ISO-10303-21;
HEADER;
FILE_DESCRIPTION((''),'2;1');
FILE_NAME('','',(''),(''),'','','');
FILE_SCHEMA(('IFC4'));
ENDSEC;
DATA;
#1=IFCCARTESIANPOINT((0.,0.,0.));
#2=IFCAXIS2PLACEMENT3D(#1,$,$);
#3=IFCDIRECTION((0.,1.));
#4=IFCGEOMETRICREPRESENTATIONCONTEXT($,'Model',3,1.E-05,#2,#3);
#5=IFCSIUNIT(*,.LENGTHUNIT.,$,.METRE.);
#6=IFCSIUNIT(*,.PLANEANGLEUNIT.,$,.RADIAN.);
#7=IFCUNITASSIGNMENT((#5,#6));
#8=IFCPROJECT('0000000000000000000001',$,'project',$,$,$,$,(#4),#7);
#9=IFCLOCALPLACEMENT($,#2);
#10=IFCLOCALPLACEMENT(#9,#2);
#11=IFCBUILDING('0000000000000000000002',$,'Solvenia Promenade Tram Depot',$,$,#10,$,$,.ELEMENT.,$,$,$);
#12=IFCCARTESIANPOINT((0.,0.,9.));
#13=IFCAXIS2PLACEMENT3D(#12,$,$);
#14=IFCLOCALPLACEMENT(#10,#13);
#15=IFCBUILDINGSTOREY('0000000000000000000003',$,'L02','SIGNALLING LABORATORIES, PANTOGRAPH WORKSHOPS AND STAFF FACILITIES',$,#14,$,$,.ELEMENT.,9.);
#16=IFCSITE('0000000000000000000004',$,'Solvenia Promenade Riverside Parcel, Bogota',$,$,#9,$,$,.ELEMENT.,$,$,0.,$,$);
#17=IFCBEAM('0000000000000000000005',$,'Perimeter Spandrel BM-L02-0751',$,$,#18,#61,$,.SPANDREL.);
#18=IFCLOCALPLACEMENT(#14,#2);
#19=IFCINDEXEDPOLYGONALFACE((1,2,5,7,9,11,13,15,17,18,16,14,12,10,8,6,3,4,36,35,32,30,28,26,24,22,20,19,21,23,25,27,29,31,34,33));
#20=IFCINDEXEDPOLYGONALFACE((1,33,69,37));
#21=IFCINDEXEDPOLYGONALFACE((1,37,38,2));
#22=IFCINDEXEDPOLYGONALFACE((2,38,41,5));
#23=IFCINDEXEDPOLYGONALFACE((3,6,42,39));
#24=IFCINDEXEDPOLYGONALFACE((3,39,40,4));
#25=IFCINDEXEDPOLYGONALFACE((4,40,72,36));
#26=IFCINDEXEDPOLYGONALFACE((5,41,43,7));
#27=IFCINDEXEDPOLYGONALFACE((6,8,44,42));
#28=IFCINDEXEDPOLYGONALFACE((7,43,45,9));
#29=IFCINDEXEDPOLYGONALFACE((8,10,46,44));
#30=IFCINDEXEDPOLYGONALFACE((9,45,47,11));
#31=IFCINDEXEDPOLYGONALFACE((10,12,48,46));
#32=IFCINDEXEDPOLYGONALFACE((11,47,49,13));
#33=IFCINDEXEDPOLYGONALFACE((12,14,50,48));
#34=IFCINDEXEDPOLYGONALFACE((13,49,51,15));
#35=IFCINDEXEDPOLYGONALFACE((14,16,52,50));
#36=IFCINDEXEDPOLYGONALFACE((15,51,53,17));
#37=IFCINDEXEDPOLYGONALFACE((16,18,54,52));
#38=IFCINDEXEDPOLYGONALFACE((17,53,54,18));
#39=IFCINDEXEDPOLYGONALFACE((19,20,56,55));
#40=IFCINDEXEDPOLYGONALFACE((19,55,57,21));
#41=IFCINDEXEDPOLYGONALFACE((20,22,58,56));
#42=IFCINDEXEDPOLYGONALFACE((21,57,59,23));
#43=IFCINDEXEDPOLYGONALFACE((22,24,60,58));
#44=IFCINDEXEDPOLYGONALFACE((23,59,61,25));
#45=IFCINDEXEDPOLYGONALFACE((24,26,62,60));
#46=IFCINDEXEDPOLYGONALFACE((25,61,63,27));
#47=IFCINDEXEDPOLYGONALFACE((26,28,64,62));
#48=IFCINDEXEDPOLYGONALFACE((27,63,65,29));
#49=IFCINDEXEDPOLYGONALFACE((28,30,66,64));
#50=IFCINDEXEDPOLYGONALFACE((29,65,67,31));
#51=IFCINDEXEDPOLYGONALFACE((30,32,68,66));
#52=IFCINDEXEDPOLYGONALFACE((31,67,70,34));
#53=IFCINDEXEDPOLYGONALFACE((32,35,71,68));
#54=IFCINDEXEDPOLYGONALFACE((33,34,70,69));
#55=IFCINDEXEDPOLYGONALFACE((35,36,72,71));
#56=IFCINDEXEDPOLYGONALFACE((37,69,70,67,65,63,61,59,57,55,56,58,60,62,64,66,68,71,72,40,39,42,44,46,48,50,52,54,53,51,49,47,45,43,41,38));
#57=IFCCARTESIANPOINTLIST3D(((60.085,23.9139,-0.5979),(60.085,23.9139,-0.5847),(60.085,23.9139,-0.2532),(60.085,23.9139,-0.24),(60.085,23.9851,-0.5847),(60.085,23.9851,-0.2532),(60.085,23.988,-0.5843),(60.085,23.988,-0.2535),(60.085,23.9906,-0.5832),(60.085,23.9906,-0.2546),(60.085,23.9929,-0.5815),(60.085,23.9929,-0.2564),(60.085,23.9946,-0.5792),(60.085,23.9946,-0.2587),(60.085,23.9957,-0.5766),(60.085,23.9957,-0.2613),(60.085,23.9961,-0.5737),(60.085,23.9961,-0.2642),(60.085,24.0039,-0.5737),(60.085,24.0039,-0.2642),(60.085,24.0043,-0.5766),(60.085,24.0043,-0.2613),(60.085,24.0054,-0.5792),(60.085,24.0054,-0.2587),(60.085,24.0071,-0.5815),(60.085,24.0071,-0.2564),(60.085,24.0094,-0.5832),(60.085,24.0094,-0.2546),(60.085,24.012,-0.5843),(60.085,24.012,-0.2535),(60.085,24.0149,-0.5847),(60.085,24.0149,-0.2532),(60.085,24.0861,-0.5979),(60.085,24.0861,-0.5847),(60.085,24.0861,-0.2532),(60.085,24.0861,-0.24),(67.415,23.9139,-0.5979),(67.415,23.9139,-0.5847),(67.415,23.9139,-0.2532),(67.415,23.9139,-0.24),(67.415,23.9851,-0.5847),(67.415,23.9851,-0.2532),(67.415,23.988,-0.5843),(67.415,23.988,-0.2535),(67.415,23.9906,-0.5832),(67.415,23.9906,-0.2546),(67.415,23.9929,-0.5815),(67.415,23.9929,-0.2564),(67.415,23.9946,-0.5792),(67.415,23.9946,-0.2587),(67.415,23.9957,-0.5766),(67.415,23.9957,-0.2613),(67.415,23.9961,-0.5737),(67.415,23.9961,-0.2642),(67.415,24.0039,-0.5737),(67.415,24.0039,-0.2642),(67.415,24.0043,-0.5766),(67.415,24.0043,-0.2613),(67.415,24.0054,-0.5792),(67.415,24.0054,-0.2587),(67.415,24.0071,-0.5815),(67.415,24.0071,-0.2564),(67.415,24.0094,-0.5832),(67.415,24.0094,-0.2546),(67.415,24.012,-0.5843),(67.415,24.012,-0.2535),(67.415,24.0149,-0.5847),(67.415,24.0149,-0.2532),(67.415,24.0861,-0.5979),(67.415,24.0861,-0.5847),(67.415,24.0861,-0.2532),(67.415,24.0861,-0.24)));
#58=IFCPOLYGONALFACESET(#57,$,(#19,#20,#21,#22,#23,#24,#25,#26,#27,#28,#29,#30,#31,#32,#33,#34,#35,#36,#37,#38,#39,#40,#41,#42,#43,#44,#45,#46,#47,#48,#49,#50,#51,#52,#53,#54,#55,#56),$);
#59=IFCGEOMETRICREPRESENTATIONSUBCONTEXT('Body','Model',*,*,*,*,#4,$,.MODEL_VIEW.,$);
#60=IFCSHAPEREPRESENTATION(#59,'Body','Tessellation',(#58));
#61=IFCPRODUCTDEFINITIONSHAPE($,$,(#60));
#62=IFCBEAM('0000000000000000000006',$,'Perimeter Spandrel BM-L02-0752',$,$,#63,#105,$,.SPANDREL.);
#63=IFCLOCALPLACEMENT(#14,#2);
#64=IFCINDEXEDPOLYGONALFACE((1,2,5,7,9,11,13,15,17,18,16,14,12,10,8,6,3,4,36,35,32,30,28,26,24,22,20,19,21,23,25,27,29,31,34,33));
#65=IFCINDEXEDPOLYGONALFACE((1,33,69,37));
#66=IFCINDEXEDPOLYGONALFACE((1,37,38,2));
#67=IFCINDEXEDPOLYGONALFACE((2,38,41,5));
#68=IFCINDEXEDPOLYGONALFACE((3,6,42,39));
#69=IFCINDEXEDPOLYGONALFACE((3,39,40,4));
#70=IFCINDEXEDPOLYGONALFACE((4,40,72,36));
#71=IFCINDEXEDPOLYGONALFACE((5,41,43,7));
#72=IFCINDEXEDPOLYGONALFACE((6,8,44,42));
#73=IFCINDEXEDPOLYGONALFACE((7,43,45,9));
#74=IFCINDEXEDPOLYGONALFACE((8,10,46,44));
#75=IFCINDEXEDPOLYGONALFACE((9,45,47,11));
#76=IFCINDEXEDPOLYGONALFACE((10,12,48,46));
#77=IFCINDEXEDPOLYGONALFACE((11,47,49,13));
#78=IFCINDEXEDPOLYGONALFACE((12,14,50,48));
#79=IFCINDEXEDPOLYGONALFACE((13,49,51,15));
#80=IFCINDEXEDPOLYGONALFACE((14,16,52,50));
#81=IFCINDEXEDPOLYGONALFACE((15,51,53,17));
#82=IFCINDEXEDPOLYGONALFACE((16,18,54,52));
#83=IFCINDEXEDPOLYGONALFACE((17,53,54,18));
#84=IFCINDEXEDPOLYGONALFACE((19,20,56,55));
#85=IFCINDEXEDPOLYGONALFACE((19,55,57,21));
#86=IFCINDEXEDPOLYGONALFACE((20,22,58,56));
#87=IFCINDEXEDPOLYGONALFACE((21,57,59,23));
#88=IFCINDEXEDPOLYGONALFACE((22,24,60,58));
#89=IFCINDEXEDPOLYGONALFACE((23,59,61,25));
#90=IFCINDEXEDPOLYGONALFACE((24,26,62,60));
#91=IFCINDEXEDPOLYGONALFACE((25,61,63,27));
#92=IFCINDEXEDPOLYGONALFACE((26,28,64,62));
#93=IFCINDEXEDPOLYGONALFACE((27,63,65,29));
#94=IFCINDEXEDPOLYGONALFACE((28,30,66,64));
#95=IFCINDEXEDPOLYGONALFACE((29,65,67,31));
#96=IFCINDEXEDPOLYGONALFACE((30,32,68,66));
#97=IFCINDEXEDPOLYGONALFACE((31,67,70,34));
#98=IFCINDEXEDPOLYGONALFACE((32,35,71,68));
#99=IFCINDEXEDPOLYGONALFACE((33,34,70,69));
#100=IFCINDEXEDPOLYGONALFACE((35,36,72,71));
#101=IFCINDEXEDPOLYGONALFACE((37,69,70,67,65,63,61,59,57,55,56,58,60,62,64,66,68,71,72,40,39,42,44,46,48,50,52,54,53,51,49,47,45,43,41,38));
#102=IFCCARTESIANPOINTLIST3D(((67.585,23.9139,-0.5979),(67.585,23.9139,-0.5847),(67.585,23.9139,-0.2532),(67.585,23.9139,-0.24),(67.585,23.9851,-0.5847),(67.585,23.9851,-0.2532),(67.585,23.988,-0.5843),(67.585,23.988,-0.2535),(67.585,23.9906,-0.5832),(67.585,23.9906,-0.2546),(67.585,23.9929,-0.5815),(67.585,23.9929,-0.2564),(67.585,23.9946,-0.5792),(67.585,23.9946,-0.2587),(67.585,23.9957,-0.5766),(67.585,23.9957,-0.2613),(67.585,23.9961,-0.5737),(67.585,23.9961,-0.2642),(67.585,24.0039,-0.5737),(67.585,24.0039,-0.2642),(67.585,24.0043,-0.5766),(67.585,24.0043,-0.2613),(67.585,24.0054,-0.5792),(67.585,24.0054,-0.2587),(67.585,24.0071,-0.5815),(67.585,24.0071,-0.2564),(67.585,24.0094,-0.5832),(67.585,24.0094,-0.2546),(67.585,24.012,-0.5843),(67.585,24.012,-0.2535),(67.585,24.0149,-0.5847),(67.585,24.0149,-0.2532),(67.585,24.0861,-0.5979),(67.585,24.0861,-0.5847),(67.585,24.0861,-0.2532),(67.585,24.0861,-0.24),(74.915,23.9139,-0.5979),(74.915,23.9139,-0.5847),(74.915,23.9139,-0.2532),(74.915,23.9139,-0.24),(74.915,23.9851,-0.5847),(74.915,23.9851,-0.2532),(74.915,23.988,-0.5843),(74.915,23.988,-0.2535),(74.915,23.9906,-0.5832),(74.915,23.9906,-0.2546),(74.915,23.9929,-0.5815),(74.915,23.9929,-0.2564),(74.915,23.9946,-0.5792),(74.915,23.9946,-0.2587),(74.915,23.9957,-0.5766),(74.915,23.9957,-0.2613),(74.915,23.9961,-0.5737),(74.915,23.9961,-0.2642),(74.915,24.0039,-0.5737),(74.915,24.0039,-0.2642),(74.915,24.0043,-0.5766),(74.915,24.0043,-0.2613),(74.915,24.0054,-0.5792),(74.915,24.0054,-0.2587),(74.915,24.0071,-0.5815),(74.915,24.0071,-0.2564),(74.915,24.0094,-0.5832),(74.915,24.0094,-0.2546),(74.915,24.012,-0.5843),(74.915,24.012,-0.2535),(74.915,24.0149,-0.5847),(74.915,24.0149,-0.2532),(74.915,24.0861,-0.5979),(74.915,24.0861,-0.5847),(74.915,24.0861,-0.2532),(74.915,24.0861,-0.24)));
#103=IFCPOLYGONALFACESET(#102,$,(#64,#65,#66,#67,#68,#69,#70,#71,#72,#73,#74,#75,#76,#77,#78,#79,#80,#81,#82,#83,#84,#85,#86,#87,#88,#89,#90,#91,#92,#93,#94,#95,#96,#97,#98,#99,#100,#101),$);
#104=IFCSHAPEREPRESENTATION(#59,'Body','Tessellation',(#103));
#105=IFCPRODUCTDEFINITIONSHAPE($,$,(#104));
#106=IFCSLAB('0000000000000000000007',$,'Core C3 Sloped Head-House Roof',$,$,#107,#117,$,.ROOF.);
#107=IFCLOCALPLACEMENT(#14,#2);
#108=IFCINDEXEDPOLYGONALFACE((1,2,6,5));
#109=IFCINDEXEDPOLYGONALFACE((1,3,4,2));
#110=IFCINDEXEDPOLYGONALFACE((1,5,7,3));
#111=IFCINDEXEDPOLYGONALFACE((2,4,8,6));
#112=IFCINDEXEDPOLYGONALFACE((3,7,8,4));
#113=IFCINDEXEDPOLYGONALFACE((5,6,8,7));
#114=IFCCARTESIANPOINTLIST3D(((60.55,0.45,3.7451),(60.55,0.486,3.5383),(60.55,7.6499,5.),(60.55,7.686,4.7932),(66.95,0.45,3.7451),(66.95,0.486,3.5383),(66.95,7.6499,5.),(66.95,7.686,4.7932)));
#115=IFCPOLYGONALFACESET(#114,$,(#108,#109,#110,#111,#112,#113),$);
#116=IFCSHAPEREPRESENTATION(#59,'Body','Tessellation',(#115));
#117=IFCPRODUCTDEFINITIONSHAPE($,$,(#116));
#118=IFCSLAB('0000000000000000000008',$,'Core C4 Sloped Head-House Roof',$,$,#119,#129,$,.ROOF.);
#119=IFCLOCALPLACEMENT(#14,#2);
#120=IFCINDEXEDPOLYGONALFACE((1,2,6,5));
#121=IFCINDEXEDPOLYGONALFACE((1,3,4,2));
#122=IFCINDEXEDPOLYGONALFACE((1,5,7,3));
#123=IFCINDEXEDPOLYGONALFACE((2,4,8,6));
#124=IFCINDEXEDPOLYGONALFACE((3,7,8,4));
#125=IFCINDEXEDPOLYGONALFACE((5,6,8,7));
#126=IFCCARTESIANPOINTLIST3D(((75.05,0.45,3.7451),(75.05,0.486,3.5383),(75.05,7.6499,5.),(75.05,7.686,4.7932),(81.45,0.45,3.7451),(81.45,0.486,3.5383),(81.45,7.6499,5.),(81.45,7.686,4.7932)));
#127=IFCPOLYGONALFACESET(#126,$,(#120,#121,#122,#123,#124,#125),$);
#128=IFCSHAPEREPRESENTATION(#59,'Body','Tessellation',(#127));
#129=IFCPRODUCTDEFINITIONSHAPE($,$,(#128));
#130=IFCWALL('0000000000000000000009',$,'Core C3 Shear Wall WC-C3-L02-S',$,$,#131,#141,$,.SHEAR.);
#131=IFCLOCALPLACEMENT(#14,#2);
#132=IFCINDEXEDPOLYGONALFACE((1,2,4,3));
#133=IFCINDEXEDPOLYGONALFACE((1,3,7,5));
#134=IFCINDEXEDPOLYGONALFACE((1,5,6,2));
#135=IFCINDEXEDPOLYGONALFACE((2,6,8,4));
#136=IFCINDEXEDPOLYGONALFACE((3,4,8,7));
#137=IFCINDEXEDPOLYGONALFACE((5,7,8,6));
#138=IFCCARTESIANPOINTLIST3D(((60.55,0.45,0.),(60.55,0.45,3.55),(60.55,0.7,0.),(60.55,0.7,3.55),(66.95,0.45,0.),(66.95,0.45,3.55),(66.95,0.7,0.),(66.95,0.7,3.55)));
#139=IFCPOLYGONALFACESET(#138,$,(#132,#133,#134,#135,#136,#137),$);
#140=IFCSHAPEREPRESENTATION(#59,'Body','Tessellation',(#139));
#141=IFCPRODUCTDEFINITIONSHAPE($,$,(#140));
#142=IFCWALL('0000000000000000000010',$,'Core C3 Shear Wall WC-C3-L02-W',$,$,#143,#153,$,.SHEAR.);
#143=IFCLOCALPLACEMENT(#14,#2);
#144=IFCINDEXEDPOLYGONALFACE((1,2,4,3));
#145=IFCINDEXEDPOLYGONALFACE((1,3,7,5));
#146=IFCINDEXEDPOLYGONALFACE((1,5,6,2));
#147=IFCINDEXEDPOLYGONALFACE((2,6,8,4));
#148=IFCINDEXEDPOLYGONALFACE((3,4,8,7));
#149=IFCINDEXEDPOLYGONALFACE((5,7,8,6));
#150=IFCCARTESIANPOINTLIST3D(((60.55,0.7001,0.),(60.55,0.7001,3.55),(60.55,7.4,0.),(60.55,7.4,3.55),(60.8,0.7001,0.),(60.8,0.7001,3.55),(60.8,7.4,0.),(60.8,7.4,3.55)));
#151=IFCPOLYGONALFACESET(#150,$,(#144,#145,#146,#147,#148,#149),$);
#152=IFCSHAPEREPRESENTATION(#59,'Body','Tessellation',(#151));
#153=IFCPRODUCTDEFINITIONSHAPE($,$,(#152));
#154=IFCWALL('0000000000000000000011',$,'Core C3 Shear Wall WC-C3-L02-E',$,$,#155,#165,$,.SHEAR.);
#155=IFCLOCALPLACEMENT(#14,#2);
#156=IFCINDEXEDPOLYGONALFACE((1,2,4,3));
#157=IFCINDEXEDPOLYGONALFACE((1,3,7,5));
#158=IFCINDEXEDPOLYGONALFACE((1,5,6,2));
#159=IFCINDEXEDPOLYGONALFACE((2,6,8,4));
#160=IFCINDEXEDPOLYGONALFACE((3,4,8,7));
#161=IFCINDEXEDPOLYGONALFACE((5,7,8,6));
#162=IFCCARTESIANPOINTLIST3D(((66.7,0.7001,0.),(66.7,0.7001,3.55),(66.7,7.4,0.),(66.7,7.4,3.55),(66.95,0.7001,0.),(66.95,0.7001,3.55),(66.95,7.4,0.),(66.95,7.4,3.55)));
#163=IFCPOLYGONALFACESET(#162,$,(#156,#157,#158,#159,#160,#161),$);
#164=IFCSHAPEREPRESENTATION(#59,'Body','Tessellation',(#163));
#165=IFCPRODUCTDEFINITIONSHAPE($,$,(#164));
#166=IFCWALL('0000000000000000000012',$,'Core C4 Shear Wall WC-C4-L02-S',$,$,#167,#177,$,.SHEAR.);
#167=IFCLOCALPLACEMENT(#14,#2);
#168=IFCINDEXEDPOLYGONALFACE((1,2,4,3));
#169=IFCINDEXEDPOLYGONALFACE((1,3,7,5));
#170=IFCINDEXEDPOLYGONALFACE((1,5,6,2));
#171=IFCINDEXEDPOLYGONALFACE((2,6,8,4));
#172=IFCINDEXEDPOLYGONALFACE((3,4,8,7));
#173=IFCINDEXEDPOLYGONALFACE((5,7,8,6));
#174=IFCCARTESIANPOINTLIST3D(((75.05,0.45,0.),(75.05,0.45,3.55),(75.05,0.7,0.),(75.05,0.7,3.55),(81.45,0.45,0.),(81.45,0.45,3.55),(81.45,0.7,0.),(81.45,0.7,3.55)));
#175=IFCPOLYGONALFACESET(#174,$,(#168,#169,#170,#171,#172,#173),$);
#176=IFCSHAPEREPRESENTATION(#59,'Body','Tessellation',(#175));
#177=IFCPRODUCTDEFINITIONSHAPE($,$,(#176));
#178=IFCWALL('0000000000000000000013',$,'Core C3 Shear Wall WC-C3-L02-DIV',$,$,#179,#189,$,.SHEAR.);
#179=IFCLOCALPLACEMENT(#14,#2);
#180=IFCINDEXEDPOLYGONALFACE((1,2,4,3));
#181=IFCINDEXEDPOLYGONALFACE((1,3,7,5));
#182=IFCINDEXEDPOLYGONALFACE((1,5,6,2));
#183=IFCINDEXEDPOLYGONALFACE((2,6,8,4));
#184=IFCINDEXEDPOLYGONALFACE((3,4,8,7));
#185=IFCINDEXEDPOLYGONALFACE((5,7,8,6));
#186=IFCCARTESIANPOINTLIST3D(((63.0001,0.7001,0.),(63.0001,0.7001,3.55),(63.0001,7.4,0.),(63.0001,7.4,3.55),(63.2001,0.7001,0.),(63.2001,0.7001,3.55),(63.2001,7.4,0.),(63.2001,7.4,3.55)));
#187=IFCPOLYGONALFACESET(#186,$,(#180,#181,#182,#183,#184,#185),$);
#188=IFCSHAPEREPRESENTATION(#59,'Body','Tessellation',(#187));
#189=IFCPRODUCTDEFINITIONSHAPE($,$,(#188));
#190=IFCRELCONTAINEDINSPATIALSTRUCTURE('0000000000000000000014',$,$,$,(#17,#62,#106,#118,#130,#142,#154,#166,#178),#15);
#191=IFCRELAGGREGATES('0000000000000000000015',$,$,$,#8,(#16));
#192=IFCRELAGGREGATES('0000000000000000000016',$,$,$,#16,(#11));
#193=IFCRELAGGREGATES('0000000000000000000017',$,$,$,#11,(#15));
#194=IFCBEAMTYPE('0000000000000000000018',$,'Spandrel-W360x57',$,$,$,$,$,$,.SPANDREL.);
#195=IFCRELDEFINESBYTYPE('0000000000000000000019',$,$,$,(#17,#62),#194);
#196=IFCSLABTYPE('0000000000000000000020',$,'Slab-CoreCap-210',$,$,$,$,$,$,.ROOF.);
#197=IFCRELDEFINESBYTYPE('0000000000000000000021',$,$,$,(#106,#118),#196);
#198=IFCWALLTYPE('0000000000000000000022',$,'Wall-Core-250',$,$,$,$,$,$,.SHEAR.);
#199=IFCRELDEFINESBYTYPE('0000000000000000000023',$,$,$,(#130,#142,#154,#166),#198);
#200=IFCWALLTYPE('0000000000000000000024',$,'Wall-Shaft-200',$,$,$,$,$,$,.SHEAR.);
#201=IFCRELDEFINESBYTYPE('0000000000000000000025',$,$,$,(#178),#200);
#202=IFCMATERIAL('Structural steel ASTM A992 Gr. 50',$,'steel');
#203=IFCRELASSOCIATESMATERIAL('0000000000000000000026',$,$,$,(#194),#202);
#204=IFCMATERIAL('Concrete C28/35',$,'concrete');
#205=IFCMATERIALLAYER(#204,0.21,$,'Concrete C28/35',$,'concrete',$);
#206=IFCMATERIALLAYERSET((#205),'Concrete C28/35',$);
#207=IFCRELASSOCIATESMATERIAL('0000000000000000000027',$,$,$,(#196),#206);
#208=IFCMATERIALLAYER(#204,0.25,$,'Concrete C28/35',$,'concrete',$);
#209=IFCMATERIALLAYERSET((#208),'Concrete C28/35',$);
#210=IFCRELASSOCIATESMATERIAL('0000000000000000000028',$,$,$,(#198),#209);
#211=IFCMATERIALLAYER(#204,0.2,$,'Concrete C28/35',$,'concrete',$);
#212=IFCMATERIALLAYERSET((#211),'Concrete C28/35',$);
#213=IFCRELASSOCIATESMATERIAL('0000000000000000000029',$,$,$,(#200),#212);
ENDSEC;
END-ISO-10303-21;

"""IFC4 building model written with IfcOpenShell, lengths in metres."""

from ifc_helpers import new_model, si_unit, direction, frame, frame_2d, origin, origin_2d, place, context, subcontext, project, spatial, polyline, rectangle, i_section, outline, extrude, material, layer, layer_set, material_profile, profile_set, type_object, element, save


model = new_model("IFC4")

# Units and contexts
model_context = context("Model", 3, precision=1e-05, world=origin(), true_north=direction((0.0, 1.0)))
body_context = subcontext(model_context, "Body", "Model", "MODEL_VIEW")
ifc_project = project(units=[si_unit("LENGTHUNIT", "METRE"), si_unit("PLANEANGLEUNIT", "RADIAN")], contexts=[model_context])

# Site, building, storey
site_placement = place(None, origin())
site = spatial("IfcSite", under=ifc_project, at=site_placement, Name="Solvenia Promenade Riverside Parcel, Bogota", CompositionType="ELEMENT", RefElevation=0.0)
building_placement = place(site_placement, origin())
building = spatial("IfcBuilding", under=site, at=building_placement, Name="Solvenia Promenade Tram Depot", CompositionType="ELEMENT")
storey_placement = place(building_placement, frame((0.0, 0.0, 9.0)))
storey = spatial("IfcBuildingStorey", under=building, at=storey_placement, Name="L02", Description="SIGNALLING LABORATORIES, PANTOGRAPH WORKSHOPS AND STAFF FACILITIES", CompositionType="ELEMENT", Elevation=9.0)

# Beams
ifc_material_1 = material(Name="Structural steel ASTM A992 Gr. 50", Category="steel")
ifc_material_profile_1 = material_profile(ifc_material_1, i_section(OverallWidth=0.1721, OverallDepth=0.3579, WebThickness=0.0078, FlangeThickness=0.0132, FilletRadius=0.011, at=origin_2d()), Name="W360x57", Category="steel")
ifc_profile_set_1 = profile_set([ifc_material_profile_1], Name="Structural steel ASTM A992 Gr. 50")
beam_type_1 = type_object("IfcBeamType", Name="Spandrel-W360x57", PredefinedType="SPANDREL", material=ifc_profile_set_1)
for number, where, z_axis, x_axis, name in (
    (1, (60.085, 24.0, -0.4189), (1.0, 0.0, 0.0), (0.0, 1.0, 0.0), "Perimeter Spandrel BM-L02-0751"),
    (2, (67.585, 24.0, -0.4189), (1.0, 0.0, 0.0), (0.0, 1.0, 0.0), "Perimeter Spandrel BM-L02-0752"),
):
    element("IfcBeam", number, at=place(storey_placement, frame(where, z_axis=z_axis, x_axis=x_axis)), inside=storey, type_object=beam_type_1, Name=name, PredefinedType="SPANDREL", context=body_context, shape_type="SweptSolid", body=[
        extrude(i_section(OverallWidth=0.1721, OverallDepth=0.3579, WebThickness=0.0078, FlangeThickness=0.0132, FilletRadius=0.011, at=origin_2d()), origin(), (0.0, 0.0, 1.0), 7.3301),
    ])

# Slabs
ifc_material_2 = material(Name="Concrete C28/35", Category="concrete")
ifc_layer_1 = layer(ifc_material_2, 0.21, Name="Concrete C28/35", Category="concrete")
ifc_layer_set_1 = layer_set([ifc_layer_1], Name="Concrete C28/35")
slab_type = type_object("IfcSlabType", Name="Slab-CoreCap-210", PredefinedType="ROOF", material=ifc_layer_set_1)
for number, where, z_axis, x_axis, name in (
    (3, (60.55, 0.45, 3.7451), (0.0, -0.171702, 0.985149), (1.0, 0.0, 0.0), "Core C3 Sloped Head-House Roof"),
    (4, (75.05, 0.45, 3.7451), (0.0, -0.171702, 0.985149), (1.0, 0.0, 0.0), "Core C4 Sloped Head-House Roof"),
):
    element("IfcSlab", number, at=place(storey_placement, frame(where, z_axis=z_axis, x_axis=x_axis)), inside=storey, type_object=slab_type, Name=name, PredefinedType="ROOF", context=body_context, shape_type="SweptSolid", body=[
        extrude(outline(polyline([(0.0, 0.0), (6.3999, 0.0), (6.3999, 7.3085), (0.0, 7.3085), (0.0, 0.0)])), origin(), (0.0, 0.0, -1.0), 0.21),
    ])

# Wall
ifc_layer_2 = layer(ifc_material_2, 0.25, Name="Concrete C28/35", Category="concrete")
ifc_layer_set_2 = layer_set([ifc_layer_2], Name="Concrete C28/35")
wall_type_1 = type_object("IfcWallType", Name="Wall-Core-250", PredefinedType="SHEAR", material=ifc_layer_set_2)
wall_1_placement = place(storey_placement, frame((60.55, 0.575, 0.0), z_axis=(0.0, 0.0, 1.0), x_axis=(1.0, 0.0, 0.0)))
element("IfcWall", 5, at=wall_1_placement, inside=storey, type_object=wall_type_1, Name="Core C3 Shear Wall WC-C3-L02-S", PredefinedType="SHEAR", context=body_context, shape_type="SweptSolid", body=[
    extrude(rectangle(XDim=6.3999, YDim=0.25, at=frame_2d((3.2, 0.0))), origin(), (0.0, 0.0, 1.0), 3.55),
])

# Walls
for number, where, z_axis, x_axis, name in (
    (6, (60.675, 0.7, 0.0), (0.0, 0.0, 1.0), (0.0, 1.0, 0.0), "Core C3 Shear Wall WC-C3-L02-W"),
    (7, (66.825, 0.7, 0.0), (0.0, 0.0, 1.0), (0.0, 1.0, 0.0), "Core C3 Shear Wall WC-C3-L02-E"),
):
    element("IfcWall", number, at=place(storey_placement, frame(where, z_axis=z_axis, x_axis=x_axis)), inside=storey, type_object=wall_type_1, Name=name, PredefinedType="SHEAR", context=body_context, shape_type="SweptSolid", body=[
        extrude(rectangle(XDim=6.7, YDim=0.25, at=frame_2d((3.3501, 0.0))), origin(), (0.0, 0.0, 1.0), 3.55),
    ])
wall_2_placement = place(storey_placement, frame((75.05, 0.575, 0.0), z_axis=(0.0, 0.0, 1.0), x_axis=(1.0, 0.0, 0.0)))
element("IfcWall", 8, at=wall_2_placement, inside=storey, type_object=wall_type_1, Name="Core C4 Shear Wall WC-C4-L02-S", PredefinedType="SHEAR", context=body_context, shape_type="SweptSolid", body=[
    extrude(rectangle(XDim=6.3999, YDim=0.25, at=frame_2d((3.2, 0.0))), origin(), (0.0, 0.0, 1.0), 3.55),
])

# Wall
ifc_layer_3 = layer(ifc_material_2, 0.2, Name="Concrete C28/35", Category="concrete")
ifc_layer_set_3 = layer_set([ifc_layer_3], Name="Concrete C28/35")
wall_type_2 = type_object("IfcWallType", Name="Wall-Shaft-200", PredefinedType="SHEAR", material=ifc_layer_set_3)
wall_3_placement = place(storey_placement, frame((63.1001, 0.7, 0.0), z_axis=(0.0, 0.0, 1.0), x_axis=(0.0, 1.0, 0.0)))
element("IfcWall", 9, at=wall_3_placement, inside=storey, type_object=wall_type_2, Name="Core C3 Shear Wall WC-C3-L02-DIV", PredefinedType="SHEAR", context=body_context, shape_type="SweptSolid", body=[
    extrude(rectangle(XDim=6.7, YDim=0.2, at=frame_2d((3.3501, 0.0))), origin(), (0.0, 0.0, 1.0), 3.55),
])

save(model, "model.ifc")
